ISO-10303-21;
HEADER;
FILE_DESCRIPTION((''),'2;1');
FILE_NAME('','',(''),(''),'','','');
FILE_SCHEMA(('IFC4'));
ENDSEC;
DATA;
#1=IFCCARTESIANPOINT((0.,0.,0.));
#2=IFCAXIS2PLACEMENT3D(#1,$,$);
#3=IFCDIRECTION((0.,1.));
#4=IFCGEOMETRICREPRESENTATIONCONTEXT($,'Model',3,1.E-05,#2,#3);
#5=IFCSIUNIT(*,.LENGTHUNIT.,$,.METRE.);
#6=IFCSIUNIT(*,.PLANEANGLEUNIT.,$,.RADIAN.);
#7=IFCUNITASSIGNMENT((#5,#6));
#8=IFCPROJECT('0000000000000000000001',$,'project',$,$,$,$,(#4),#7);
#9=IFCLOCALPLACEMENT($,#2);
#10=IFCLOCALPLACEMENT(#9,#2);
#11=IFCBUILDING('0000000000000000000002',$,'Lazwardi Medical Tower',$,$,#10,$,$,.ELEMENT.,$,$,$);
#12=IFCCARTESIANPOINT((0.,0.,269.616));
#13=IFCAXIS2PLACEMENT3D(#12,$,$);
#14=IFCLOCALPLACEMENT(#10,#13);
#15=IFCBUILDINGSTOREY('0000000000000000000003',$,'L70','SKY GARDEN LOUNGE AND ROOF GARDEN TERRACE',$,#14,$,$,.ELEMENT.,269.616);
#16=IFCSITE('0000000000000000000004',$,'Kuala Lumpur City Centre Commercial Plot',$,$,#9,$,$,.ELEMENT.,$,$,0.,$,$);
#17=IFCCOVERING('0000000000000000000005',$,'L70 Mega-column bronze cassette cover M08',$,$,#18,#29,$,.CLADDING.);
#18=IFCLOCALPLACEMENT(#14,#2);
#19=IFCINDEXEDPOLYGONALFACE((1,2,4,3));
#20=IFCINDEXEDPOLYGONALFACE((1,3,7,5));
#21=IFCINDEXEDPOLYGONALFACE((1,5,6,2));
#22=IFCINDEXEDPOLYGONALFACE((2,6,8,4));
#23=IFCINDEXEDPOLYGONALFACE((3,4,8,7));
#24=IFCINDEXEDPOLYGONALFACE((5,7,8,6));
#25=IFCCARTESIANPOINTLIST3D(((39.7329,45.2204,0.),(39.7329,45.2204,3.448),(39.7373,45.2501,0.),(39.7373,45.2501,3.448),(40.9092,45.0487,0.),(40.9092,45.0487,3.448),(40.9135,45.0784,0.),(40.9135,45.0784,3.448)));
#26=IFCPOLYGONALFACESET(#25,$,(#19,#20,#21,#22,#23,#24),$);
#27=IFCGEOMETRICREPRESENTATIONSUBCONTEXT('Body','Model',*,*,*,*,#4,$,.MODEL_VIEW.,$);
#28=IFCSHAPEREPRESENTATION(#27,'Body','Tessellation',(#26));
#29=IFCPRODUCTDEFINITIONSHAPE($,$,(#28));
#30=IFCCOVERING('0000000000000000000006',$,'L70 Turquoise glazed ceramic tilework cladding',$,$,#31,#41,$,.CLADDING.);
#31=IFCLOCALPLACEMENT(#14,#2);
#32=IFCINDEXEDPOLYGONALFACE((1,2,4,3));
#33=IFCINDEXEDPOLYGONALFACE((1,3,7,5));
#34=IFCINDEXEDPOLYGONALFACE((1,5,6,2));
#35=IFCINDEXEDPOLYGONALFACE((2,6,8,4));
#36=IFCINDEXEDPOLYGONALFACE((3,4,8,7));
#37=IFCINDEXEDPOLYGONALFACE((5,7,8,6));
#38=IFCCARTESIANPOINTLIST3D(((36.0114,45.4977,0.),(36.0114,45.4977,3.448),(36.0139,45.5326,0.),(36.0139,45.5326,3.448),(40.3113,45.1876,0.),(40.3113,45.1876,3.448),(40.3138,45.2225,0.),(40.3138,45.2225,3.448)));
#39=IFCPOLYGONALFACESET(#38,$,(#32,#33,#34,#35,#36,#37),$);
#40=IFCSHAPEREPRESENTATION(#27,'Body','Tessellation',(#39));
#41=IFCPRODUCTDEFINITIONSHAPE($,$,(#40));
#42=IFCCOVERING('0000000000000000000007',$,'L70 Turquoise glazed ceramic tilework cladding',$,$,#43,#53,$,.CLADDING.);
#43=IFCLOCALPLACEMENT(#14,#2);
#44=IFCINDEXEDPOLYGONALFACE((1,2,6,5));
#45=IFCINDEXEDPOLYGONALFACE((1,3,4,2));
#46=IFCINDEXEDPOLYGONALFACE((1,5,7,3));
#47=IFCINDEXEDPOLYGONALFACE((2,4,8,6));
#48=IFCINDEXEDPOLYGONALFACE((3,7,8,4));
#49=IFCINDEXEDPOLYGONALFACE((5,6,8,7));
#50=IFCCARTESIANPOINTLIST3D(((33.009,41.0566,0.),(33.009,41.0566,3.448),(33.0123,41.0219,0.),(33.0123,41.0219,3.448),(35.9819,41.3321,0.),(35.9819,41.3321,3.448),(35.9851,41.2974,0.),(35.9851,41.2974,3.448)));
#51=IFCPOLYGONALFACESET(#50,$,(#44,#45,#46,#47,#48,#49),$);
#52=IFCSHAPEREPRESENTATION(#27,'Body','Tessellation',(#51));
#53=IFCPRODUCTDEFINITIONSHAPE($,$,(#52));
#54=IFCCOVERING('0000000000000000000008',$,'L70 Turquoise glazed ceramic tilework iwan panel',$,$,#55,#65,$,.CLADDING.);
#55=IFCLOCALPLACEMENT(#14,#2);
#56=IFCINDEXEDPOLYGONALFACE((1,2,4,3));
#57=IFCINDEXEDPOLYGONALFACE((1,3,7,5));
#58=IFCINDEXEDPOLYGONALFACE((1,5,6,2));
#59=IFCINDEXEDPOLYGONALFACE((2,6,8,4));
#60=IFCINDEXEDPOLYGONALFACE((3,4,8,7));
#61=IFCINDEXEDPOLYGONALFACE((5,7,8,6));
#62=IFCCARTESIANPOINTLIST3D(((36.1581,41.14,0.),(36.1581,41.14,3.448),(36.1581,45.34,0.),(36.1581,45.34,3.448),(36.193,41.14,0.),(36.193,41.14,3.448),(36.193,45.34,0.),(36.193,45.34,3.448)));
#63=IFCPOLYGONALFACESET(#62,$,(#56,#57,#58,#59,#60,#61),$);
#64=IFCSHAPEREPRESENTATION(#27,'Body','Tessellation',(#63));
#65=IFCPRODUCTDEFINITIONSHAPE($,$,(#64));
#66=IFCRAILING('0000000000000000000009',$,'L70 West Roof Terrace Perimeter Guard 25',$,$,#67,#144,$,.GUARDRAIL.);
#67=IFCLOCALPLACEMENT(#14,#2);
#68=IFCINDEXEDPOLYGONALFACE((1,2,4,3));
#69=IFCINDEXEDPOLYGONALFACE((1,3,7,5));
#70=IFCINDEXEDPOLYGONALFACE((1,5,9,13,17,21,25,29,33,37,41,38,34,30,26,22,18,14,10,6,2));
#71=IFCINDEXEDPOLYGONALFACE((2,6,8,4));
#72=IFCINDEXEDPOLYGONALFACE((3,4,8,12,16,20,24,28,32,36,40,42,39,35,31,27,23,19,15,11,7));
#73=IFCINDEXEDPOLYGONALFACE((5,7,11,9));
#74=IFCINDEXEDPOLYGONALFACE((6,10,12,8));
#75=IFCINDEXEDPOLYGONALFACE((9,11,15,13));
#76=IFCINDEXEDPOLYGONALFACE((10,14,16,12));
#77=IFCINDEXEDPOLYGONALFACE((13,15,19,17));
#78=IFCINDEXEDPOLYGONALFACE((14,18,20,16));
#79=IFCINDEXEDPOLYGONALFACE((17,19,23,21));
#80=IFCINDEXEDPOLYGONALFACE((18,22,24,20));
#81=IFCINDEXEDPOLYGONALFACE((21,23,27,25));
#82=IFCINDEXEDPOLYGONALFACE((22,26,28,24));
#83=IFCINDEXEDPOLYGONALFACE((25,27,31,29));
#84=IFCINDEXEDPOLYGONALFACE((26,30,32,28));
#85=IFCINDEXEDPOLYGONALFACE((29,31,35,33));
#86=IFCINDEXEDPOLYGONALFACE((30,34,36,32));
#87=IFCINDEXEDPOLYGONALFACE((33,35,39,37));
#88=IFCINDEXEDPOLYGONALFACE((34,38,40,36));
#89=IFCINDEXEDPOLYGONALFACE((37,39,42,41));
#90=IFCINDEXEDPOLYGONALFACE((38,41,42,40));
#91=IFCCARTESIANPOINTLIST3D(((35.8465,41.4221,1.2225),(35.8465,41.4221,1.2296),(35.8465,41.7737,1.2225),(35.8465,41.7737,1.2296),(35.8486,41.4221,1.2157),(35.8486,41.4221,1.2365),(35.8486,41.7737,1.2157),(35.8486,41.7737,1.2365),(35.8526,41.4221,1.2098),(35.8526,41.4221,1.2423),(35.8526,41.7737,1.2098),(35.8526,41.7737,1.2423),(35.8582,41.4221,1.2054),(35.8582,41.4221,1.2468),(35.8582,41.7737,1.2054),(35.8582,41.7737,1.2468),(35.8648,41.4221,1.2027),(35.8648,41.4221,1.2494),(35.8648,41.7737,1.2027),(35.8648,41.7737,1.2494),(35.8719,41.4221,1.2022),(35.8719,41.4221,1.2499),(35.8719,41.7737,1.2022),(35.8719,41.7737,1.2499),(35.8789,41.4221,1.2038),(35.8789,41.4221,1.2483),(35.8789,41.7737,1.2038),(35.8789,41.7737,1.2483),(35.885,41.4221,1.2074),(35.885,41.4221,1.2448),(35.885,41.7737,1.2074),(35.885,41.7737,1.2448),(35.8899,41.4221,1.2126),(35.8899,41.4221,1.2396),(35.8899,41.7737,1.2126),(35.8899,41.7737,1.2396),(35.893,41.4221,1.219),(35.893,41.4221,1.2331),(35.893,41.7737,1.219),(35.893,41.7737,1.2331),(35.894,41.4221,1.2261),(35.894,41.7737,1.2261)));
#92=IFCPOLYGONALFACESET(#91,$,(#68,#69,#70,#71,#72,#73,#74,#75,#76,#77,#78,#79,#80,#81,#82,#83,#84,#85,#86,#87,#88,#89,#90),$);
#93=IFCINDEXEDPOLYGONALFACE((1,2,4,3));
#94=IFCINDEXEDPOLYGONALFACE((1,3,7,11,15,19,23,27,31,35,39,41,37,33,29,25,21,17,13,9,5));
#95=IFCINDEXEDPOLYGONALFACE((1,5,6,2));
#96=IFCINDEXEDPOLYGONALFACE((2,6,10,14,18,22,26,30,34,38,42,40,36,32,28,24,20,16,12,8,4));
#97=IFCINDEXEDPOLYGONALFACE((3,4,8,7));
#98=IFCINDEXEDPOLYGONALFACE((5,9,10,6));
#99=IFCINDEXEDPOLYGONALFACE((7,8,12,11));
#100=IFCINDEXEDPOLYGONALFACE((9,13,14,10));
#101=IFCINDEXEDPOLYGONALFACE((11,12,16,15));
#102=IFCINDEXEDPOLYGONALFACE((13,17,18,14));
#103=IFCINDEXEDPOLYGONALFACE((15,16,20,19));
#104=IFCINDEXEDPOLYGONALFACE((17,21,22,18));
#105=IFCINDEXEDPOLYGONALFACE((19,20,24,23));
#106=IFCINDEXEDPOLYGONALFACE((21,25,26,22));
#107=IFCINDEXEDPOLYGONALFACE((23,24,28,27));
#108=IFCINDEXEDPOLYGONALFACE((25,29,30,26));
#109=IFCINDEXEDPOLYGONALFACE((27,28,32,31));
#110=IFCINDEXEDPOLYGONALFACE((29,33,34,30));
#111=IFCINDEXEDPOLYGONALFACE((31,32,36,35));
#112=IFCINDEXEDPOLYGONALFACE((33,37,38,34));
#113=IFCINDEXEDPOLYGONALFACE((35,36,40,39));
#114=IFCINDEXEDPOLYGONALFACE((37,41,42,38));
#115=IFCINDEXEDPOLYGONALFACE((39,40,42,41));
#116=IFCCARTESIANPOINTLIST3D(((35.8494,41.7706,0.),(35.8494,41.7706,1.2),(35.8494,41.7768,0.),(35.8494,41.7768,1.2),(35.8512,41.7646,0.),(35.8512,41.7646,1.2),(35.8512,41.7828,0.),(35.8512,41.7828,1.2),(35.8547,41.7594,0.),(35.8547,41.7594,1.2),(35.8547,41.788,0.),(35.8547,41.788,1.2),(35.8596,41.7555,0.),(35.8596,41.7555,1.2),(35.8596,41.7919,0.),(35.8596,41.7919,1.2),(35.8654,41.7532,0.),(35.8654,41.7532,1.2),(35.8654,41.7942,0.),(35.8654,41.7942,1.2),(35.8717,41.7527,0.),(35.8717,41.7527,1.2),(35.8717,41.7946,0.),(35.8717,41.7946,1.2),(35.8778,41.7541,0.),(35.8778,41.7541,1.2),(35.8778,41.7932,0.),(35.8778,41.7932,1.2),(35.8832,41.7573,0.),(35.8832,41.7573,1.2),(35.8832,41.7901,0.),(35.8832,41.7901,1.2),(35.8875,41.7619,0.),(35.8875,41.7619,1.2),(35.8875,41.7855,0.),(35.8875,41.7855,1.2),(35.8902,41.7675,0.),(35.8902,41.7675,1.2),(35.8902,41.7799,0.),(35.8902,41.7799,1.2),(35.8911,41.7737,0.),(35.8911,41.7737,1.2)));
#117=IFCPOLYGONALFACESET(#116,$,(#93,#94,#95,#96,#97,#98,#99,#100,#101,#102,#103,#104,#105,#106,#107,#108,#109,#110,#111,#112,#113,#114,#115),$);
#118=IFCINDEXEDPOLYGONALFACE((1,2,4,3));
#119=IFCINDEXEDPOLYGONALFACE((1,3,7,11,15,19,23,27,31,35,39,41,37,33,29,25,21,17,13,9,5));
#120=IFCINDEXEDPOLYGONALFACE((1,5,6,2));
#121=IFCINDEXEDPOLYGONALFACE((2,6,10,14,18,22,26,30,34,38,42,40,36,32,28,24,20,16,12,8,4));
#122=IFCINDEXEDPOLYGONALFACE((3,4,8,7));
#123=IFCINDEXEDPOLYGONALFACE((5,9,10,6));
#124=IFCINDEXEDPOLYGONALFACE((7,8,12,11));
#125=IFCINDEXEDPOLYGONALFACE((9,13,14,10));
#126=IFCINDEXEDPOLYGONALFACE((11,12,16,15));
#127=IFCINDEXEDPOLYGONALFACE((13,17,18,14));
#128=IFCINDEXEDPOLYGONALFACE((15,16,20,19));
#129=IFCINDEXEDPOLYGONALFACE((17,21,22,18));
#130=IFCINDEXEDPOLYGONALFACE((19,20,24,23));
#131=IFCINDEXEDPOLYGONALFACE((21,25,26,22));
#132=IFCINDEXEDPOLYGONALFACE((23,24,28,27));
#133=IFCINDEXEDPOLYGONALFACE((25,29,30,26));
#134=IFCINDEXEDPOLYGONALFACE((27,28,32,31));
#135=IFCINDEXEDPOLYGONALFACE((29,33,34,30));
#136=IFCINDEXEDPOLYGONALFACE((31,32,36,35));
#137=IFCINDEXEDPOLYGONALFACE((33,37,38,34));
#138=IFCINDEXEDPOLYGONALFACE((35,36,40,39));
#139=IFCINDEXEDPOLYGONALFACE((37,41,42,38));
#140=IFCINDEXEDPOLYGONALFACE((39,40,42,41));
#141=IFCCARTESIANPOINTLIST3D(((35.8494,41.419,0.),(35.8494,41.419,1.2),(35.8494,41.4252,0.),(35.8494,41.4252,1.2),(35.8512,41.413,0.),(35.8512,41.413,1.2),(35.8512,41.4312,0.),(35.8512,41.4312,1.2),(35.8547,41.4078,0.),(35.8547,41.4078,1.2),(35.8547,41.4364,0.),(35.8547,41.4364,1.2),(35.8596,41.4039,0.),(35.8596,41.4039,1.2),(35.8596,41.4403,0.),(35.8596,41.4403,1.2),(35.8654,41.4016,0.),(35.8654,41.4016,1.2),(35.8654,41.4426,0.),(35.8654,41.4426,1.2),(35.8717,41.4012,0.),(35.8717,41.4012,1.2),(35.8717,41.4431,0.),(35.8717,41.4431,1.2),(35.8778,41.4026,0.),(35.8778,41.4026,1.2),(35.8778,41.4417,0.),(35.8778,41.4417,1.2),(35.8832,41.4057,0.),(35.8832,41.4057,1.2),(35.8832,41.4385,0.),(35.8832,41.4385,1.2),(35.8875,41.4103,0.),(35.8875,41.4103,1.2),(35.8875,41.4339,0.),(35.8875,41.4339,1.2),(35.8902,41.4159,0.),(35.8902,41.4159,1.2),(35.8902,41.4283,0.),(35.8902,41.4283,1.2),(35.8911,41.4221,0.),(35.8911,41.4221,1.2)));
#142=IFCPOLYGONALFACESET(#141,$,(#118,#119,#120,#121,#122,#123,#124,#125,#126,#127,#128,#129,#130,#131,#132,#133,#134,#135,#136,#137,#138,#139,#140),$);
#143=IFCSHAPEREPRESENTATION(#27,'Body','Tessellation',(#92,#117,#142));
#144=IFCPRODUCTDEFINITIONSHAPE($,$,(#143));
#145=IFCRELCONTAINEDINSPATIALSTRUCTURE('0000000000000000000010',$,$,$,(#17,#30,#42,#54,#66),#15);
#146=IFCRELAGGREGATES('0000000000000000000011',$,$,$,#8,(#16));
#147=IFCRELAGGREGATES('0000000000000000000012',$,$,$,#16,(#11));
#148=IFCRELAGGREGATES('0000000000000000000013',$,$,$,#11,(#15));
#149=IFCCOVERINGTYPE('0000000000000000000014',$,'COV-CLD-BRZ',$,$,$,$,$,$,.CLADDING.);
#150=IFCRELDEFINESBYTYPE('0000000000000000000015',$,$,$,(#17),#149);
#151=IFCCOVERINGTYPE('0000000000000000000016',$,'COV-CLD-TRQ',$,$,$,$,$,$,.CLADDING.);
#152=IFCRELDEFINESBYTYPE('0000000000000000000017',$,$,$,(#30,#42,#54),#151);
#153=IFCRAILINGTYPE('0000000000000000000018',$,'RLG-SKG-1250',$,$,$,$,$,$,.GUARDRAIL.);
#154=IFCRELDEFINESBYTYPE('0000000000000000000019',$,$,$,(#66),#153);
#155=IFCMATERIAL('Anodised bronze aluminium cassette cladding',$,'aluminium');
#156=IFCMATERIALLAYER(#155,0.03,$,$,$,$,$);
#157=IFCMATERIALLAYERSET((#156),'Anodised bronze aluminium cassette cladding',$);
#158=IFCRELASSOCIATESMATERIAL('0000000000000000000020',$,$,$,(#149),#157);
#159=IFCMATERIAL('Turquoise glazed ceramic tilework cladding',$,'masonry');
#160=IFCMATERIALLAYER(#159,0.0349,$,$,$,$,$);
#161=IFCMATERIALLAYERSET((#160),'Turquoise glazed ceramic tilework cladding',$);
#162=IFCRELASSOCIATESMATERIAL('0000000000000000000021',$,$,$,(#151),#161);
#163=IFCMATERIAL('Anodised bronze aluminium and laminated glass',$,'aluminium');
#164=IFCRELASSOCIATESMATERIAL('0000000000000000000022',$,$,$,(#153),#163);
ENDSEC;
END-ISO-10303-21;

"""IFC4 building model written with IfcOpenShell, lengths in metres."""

from ifc_helpers import new_model, si_unit, direction, frame, origin, origin_2d, place, context, subcontext, project, spatial, rectangle, circle, extrude, material, layer, layer_set, type_object, element, save


model = new_model("IFC4")

# Units and contexts
model_context = context("Model", 3, precision=1e-05, world=origin(), true_north=direction((0.0, 1.0)))
body_context = subcontext(model_context, "Body", "Model", "MODEL_VIEW")
ifc_project = project(units=[si_unit("LENGTHUNIT", "METRE"), si_unit("PLANEANGLEUNIT", "RADIAN")], contexts=[model_context])

# Site, building, storey
site_placement = place(None, origin())
site = spatial("IfcSite", under=ifc_project, at=site_placement, Name="Kuala Lumpur City Centre Commercial Plot", CompositionType="ELEMENT", RefElevation=0.0)
building_placement = place(site_placement, origin())
building = spatial("IfcBuilding", under=site, at=building_placement, Name="Lazwardi Medical Tower", CompositionType="ELEMENT")
storey_placement = place(building_placement, frame((0.0, 0.0, 269.616)))
storey = spatial("IfcBuildingStorey", under=building, at=storey_placement, Name="L70", Description="SKY GARDEN LOUNGE AND ROOF GARDEN TERRACE", CompositionType="ELEMENT", Elevation=269.616)

# Coverings
ifc_material_1 = material(Name="Anodised bronze aluminium cassette cladding", Category="aluminium")
ifc_layer_1 = layer(ifc_material_1, 0.03)
ifc_layer_set_1 = layer_set([ifc_layer_1], Name="Anodised bronze aluminium cassette cladding")
covering_type_1 = type_object("IfcCoveringType", Name="COV-CLD-BRZ", PredefinedType="CLADDING", material=ifc_layer_set_1)
covering_1_placement = place(storey_placement, frame((40.3232, 45.1494, 0.0), z_axis=(0.0, 0.0, 1.0), x_axis=(-0.989512, 0.144448, 0.0)))
element("IfcCovering", 1, at=covering_1_placement, inside=storey, type_object=covering_type_1, Name="L70 Mega-column bronze cassette cover M08", PredefinedType="CLADDING", context=body_context, shape_type="SweptSolid", body=[
    extrude(rectangle(XDim=1.1887, YDim=0.03, at=origin_2d()), origin(), (0.0, 0.0, 1.0), 3.448),
])
ifc_material_2 = material(Name="Turquoise glazed ceramic tilework cladding", Category="masonry")
ifc_layer_2 = layer(ifc_material_2, 0.0349)
ifc_layer_set_2 = layer_set([ifc_layer_2], Name="Turquoise glazed ceramic tilework cladding")
covering_type_2 = type_object("IfcCoveringType", Name="COV-CLD-TRQ", PredefinedType="CLADDING", material=ifc_layer_set_2)
covering_2_placement = place(storey_placement, frame((38.1626, 45.3601, 0.0), z_axis=(0.0, 0.0, 1.0), x_axis=(-0.997409, 0.071933, 0.0)))
element("IfcCovering", 2, at=covering_2_placement, inside=storey, type_object=covering_type_2, Name="L70 Turquoise glazed ceramic tilework cladding", PredefinedType="CLADDING", context=body_context, shape_type="SweptSolid", body=[
    extrude(rectangle(XDim=4.311, YDim=0.0349, at=origin_2d()), origin(), (0.0, 0.0, 1.0), 3.448),
])
covering_3_placement = place(storey_placement, frame((34.4971, 41.177, 0.0), z_axis=(0.0, 0.0, 1.0), x_axis=(-0.995734, -0.092275, 0.0)))
element("IfcCovering", 3, at=covering_3_placement, inside=storey, type_object=covering_type_2, Name="L70 Turquoise glazed ceramic tilework cladding", PredefinedType="CLADDING", context=body_context, shape_type="SweptSolid", body=[
    extrude(rectangle(XDim=2.9856, YDim=0.0349, at=origin_2d()), origin(), (0.0, 0.0, 1.0), 3.448),
])
covering_4_placement = place(storey_placement, frame((36.1755, 43.24, 0.0), z_axis=(0.0, 0.0, 1.0), x_axis=(0.0, -1.0, 0.0)))
element("IfcCovering", 4, at=covering_4_placement, inside=storey, type_object=covering_type_2, Name="L70 Turquoise glazed ceramic tilework iwan panel", PredefinedType="CLADDING", context=body_context, shape_type="SweptSolid", body=[
    extrude(rectangle(XDim=4.2, YDim=0.0349, at=origin_2d()), origin(), (0.0, 0.0, 1.0), 3.448),
])

# Railing
ifc_material_3 = material(Name="Anodised bronze aluminium and laminated glass", Category="aluminium")
railing_type = type_object("IfcRailingType", Name="RLG-SKG-1250", PredefinedType="GUARDRAIL", material=ifc_material_3)
railing_1_placement = place(storey_placement, frame((35.8701, 41.7737, 0.0)))
element("IfcRailing", 5, at=railing_1_placement, inside=storey, type_object=railing_type, Name="L70 West Roof Terrace Perimeter Guard 25", PredefinedType="GUARDRAIL", context=body_context, shape_type="SweptSolid", body=[
    extrude(circle(Radius=0.0239, at=origin_2d()), frame((0.0, 0.0, 1.2261), z_axis=(0.0, -1.0, 0.0), x_axis=(1.0, 0.0, 0.0)), (0.0, 0.0, 1.0), 0.3516),
    extrude(circle(Radius=0.021, at=origin_2d()), origin(), (0.0, 0.0, 1.0), 1.2),
    extrude(circle(Radius=0.021, at=origin_2d()), frame((0.0, -0.3516, 0.0)), (0.0, 0.0, 1.0), 1.2),
])

save(model, "model.ifc")
